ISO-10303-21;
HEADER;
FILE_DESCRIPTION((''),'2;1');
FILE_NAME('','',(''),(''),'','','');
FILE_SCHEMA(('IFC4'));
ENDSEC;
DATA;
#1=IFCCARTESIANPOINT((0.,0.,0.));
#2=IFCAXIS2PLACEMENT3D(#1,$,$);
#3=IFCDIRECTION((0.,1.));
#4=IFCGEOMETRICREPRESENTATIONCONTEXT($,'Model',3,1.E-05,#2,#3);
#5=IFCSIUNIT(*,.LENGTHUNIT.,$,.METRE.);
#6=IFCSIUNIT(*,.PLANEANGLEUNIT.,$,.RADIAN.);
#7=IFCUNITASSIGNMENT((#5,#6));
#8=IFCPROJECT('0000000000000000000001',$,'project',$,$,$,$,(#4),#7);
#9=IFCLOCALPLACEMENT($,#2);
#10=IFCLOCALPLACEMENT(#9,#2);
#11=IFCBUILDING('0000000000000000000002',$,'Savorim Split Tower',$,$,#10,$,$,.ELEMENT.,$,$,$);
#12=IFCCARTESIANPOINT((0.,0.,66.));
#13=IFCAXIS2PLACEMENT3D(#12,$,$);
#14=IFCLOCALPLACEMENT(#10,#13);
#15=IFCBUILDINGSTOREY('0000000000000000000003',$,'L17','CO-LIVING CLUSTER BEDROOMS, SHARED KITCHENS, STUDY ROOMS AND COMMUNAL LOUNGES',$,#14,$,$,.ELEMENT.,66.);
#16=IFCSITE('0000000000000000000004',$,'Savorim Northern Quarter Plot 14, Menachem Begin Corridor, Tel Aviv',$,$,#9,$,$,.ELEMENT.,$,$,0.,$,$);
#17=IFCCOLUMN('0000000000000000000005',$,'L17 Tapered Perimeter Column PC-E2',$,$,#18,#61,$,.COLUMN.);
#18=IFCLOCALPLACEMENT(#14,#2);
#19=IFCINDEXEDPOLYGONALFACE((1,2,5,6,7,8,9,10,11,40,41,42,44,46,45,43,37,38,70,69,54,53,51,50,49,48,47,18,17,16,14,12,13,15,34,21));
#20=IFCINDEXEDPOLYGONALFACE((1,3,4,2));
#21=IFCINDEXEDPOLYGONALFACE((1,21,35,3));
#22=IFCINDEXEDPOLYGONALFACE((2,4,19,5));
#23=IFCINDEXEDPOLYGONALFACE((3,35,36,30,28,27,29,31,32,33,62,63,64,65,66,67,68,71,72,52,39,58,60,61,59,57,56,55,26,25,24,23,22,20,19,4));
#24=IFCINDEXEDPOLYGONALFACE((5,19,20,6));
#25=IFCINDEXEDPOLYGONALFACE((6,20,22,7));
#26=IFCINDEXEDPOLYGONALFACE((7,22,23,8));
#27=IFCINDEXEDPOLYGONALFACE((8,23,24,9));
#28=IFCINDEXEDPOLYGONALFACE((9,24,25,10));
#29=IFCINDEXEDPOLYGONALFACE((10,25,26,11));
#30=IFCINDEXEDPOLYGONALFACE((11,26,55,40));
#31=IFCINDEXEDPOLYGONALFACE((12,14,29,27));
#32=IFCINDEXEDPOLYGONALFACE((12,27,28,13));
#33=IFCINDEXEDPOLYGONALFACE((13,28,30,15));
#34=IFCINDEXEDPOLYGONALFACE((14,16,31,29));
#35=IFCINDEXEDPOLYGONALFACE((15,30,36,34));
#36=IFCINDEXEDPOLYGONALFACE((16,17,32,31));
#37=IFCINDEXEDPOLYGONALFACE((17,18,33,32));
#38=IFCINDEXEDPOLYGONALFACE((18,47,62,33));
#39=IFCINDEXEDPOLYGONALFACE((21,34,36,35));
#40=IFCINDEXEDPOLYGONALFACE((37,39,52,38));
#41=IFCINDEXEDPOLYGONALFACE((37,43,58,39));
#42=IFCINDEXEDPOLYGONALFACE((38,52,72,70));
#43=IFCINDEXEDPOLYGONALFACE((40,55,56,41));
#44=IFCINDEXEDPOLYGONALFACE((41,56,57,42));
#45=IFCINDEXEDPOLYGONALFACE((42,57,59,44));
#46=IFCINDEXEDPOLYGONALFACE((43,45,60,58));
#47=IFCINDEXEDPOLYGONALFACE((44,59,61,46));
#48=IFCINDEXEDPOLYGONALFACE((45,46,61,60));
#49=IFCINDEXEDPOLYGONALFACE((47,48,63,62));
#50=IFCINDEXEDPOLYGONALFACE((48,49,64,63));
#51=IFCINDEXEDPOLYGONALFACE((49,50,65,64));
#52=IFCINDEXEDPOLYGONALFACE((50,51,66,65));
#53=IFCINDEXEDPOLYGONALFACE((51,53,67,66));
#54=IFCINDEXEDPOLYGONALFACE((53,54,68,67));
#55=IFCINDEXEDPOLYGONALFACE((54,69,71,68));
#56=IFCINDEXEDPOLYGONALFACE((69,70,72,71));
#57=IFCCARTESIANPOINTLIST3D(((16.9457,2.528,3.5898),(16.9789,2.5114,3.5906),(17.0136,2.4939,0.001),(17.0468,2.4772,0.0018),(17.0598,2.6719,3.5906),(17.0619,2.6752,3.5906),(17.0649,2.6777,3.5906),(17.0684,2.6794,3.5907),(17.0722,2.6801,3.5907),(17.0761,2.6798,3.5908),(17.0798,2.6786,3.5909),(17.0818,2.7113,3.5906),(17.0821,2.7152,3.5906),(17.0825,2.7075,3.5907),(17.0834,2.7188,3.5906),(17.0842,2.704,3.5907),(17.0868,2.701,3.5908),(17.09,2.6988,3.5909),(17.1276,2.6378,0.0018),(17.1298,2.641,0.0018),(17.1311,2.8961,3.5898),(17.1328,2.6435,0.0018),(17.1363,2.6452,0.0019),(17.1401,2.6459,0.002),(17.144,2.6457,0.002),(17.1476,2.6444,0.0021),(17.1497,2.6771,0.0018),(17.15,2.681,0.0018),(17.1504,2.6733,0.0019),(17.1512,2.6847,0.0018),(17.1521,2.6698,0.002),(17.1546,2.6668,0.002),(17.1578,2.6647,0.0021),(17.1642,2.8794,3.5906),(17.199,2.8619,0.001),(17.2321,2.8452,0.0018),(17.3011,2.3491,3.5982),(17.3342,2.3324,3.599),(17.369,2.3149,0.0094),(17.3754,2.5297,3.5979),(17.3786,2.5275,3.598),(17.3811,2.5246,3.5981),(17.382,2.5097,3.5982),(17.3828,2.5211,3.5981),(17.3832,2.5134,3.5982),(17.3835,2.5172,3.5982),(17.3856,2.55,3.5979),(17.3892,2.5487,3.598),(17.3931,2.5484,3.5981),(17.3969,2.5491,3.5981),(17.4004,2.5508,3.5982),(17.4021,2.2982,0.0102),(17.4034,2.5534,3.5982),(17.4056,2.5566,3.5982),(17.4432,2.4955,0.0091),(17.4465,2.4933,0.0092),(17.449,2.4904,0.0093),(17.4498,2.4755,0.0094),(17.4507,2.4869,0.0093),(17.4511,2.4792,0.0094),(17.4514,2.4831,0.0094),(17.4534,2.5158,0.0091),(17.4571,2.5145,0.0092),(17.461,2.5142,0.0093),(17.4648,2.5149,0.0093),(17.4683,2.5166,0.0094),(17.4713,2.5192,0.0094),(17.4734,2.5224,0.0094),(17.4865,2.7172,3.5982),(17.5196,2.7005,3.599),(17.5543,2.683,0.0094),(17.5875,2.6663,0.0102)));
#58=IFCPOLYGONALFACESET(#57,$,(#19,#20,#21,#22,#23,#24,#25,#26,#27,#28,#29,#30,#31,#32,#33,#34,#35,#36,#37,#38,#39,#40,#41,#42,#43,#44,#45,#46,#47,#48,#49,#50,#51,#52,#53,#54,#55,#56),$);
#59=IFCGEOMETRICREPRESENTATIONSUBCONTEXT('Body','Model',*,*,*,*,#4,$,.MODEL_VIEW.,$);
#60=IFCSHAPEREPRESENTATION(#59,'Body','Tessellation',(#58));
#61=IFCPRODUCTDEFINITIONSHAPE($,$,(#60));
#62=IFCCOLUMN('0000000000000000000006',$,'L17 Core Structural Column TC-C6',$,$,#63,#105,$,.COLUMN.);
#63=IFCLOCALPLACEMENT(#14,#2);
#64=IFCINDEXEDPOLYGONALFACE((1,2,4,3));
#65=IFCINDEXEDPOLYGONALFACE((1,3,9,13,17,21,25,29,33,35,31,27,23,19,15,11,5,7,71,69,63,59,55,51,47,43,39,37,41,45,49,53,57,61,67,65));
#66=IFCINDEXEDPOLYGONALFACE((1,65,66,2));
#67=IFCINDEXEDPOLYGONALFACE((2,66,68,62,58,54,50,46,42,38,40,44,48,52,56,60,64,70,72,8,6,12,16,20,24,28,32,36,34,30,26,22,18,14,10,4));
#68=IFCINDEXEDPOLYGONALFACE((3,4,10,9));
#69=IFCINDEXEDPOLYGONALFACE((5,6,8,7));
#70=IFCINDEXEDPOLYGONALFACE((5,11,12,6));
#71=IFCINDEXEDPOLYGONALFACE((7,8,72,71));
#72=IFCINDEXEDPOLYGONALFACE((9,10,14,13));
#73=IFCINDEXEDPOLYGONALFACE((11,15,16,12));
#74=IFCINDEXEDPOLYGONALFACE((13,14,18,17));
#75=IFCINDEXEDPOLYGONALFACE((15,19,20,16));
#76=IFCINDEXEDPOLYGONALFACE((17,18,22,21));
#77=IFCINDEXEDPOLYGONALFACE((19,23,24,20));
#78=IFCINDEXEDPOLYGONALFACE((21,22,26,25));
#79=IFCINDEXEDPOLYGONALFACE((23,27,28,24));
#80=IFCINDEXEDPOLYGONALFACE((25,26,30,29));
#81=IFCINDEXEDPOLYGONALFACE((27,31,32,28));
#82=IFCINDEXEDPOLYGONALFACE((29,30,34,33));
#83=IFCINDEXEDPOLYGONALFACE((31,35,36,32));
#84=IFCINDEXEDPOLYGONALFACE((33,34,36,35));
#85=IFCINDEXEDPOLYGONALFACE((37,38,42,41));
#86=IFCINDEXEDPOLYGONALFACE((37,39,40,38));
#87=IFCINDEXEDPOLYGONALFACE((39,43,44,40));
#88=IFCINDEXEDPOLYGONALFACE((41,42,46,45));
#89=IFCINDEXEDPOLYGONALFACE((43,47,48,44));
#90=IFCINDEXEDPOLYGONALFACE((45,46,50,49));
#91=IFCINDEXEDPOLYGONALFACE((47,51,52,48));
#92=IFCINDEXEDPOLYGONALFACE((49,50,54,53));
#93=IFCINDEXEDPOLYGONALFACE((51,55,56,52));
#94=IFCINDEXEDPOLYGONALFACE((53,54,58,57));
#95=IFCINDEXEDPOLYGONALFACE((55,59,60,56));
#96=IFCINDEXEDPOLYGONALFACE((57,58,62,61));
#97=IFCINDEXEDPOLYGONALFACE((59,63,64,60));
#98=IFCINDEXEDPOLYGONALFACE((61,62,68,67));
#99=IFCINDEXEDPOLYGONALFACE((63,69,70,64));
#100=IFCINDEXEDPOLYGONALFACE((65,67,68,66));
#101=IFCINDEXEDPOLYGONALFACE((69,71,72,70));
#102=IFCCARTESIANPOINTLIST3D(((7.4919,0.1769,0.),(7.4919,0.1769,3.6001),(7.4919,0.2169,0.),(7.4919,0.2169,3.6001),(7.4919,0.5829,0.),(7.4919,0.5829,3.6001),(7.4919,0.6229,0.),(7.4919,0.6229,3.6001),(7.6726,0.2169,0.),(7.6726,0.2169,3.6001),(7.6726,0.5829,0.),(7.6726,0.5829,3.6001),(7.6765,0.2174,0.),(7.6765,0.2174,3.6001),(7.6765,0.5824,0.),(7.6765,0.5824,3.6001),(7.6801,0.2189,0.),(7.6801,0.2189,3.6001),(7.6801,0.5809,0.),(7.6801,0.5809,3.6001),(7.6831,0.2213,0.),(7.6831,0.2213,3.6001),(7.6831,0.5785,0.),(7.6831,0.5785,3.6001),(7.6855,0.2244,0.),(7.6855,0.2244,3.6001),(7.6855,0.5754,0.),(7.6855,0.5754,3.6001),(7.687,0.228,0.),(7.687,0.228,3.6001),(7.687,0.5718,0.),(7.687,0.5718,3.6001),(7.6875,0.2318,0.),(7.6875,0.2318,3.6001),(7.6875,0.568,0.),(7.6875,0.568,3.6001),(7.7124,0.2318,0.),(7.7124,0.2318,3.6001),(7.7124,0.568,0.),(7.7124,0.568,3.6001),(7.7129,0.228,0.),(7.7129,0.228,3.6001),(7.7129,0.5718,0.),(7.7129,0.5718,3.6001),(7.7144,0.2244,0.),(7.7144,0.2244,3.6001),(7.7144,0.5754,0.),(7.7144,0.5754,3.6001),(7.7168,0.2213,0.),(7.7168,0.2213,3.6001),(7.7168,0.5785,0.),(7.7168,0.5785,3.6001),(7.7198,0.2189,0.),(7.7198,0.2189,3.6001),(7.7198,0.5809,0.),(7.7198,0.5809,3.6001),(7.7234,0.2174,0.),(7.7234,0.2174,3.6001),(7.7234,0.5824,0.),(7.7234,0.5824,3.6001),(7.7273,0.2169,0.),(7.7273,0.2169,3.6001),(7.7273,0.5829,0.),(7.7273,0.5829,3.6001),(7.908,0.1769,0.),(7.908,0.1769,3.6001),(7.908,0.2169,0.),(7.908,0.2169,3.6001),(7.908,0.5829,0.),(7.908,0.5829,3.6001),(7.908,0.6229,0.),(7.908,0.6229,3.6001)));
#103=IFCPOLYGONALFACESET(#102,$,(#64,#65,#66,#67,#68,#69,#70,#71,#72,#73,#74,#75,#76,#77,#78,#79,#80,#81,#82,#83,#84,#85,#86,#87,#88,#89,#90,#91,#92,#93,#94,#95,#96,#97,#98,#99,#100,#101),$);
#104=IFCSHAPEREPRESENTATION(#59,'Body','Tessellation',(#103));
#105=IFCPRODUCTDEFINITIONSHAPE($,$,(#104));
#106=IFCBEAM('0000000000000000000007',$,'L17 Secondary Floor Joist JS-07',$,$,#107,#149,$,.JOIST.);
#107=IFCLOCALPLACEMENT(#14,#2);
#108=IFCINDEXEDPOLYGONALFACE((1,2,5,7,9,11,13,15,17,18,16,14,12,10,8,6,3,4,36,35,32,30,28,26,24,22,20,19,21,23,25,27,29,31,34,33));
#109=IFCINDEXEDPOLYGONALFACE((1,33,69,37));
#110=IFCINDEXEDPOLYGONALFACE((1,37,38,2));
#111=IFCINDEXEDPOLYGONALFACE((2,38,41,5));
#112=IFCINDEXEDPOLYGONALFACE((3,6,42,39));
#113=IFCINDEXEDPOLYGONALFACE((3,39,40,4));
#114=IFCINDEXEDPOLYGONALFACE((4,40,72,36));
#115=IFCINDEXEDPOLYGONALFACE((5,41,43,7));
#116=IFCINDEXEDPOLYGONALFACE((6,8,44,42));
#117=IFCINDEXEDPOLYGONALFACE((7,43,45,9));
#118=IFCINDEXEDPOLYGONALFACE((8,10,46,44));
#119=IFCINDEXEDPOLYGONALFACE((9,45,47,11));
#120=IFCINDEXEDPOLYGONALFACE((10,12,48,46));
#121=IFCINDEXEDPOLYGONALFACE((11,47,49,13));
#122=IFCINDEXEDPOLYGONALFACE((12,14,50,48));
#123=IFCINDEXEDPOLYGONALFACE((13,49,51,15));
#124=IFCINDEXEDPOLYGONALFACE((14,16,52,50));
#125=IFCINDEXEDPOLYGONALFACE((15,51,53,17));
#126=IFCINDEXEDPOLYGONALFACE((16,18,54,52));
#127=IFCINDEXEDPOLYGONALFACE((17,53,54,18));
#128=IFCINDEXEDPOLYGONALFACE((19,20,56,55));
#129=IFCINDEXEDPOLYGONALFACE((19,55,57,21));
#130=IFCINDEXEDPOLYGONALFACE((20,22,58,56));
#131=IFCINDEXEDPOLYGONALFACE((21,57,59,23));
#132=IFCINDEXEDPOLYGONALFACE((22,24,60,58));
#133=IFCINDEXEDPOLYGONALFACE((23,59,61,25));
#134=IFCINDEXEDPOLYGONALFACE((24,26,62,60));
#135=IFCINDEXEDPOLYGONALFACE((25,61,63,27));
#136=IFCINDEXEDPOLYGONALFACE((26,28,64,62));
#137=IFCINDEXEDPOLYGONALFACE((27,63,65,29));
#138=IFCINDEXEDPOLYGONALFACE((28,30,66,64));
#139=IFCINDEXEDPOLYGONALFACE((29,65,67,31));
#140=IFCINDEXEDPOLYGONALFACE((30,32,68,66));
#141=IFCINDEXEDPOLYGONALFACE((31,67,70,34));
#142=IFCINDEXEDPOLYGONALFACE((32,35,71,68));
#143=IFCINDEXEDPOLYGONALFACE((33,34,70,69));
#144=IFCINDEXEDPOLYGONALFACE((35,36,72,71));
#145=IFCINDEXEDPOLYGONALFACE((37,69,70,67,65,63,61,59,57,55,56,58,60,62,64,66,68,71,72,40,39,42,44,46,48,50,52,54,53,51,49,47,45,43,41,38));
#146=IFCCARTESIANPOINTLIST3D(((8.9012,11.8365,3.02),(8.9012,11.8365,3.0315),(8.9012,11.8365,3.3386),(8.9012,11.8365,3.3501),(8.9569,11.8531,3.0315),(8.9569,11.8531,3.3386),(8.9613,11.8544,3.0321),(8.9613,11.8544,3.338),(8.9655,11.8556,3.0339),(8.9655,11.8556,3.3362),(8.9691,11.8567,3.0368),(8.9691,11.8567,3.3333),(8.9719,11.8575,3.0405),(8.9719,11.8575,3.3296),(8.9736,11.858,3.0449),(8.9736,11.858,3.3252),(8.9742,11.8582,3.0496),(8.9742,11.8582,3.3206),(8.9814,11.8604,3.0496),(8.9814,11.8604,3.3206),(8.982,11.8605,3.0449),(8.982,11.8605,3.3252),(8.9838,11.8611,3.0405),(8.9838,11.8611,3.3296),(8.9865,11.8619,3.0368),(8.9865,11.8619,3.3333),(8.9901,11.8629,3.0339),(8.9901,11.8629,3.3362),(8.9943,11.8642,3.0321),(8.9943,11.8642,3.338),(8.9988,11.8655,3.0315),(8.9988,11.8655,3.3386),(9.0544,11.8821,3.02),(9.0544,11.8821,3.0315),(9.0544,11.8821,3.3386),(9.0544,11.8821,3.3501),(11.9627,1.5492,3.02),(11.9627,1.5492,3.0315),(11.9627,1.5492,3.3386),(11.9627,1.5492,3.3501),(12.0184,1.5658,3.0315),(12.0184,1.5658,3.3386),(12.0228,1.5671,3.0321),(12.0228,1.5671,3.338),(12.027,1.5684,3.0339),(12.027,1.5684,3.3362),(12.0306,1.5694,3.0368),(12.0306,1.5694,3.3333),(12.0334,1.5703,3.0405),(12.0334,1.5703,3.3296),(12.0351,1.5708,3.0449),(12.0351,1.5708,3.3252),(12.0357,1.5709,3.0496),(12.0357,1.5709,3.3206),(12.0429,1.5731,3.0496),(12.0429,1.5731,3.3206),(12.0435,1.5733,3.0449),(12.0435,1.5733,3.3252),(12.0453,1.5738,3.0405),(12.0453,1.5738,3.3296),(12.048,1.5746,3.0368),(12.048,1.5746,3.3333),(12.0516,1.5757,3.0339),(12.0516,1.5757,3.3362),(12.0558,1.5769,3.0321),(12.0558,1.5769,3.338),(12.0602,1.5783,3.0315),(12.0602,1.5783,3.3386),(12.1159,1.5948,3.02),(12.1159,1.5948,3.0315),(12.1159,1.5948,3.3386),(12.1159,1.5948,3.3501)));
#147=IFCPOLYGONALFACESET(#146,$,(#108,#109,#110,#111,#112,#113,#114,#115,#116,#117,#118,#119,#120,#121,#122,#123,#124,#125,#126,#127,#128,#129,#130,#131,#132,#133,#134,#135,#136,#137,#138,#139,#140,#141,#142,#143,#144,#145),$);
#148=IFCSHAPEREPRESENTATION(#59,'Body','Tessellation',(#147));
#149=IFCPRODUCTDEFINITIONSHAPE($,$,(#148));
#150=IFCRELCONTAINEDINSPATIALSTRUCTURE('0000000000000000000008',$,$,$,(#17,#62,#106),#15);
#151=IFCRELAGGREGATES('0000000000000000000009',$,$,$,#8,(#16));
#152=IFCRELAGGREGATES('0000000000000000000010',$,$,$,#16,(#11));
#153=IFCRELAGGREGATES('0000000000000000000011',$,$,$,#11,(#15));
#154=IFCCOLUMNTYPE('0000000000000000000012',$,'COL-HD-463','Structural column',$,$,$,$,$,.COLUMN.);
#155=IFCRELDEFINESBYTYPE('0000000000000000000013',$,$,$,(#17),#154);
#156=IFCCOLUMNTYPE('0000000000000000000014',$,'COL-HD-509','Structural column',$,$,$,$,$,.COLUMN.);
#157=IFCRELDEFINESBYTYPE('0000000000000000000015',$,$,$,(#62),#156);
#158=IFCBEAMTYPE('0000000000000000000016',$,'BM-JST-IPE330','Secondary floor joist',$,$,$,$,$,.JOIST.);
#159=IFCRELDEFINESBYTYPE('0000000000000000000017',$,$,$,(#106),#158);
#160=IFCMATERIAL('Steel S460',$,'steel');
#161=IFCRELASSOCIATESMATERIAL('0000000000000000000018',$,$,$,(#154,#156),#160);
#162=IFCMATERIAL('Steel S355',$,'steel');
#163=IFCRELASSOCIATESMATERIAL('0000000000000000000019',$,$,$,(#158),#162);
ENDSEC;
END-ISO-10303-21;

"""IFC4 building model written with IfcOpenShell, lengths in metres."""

from ifc_helpers import new_model, si_unit, direction, frame, origin, origin_2d, place, context, subcontext, project, spatial, i_section, extrude, material, material_profile, profile_set, type_object, element, save


model = new_model("IFC4")

# Units and contexts
model_context = context("Model", 3, precision=1e-05, world=origin(), true_north=direction((0.0, 1.0)))
body_context = subcontext(model_context, "Body", "Model", "MODEL_VIEW")
ifc_project = project(units=[si_unit("LENGTHUNIT", "METRE"), si_unit("PLANEANGLEUNIT", "RADIAN")], contexts=[model_context])

# Site, building, storey
site_placement = place(None, origin())
site = spatial("IfcSite", under=ifc_project, at=site_placement, Name="Savorim Northern Quarter Plot 14, Menachem Begin Corridor, Tel Aviv", CompositionType="ELEMENT", RefElevation=0.0)
building_placement = place(site_placement, origin())
building = spatial("IfcBuilding", under=site, at=building_placement, Name="Savorim Split Tower", CompositionType="ELEMENT")
storey_placement = place(building_placement, frame((0.0, 0.0, 66.0)))
storey = spatial("IfcBuildingStorey", under=building, at=storey_placement, Name="L17", Description="CO-LIVING CLUSTER BEDROOMS, SHARED KITCHENS, STUDY ROOMS AND COMMUNAL LOUNGES", CompositionType="ELEMENT", Elevation=66.0)

# Columns
ifc_material_1 = material(Name="Steel S460", Category="steel")
ifc_material_profile_1 = material_profile(ifc_material_1, i_section(OverallWidth=0.4121, OverallDepth=0.4351, WebThickness=0.0227, FlangeThickness=0.0371, FilletRadius=0.0149, at=origin_2d()), Name="HD 400x463")
ifc_profile_set_1 = profile_set([ifc_material_profile_1], Name="Steel S460")
column_type_1 = type_object("IfcColumnType", Name="COL-HD-463", Description="Structural column", PredefinedType="COLUMN", material=ifc_profile_set_1)
column_1_placement = place(storey_placement, frame((17.3005, 2.5801, 0.0056), z_axis=(-0.018907, 0.009522, 0.999776), x_axis=(-0.449782, -0.893138, 0.0)))
element("IfcColumn", 1, at=column_1_placement, inside=storey, type_object=column_type_1, Name="L17 Tapered Perimeter Column PC-E2", PredefinedType="COLUMN", context=body_context, shape_type="SweptSolid", body=[
    extrude(i_section(OverallWidth=0.4121, OverallDepth=0.4351, WebThickness=0.0227, FlangeThickness=0.0371, FilletRadius=0.0149, at=origin_2d()), origin(), (0.0, 0.0, 1.0), 3.5896),
])
ifc_material_profile_2 = material_profile(ifc_material_1, i_section(OverallWidth=0.416, OverallDepth=0.446, WebThickness=0.0249, FlangeThickness=0.04, FilletRadius=0.0149, at=origin_2d()), Name="HD 400x509")
ifc_profile_set_2 = profile_set([ifc_material_profile_2], Name="Steel S460")
column_type_2 = type_object("IfcColumnType", Name="COL-HD-509", Description="Structural column", PredefinedType="COLUMN", material=ifc_profile_set_2)
column_2_placement = place(storey_placement, frame((7.7, 0.3999, 0.0), z_axis=(0.0, 0.0, 1.0), x_axis=(1.0, 0.0, 0.0)))
element("IfcColumn", 2, at=column_2_placement, inside=storey, type_object=column_type_2, Name="L17 Core Structural Column TC-C6", PredefinedType="COLUMN", context=body_context, shape_type="SweptSolid", body=[
    extrude(i_section(OverallWidth=0.416, OverallDepth=0.446, WebThickness=0.0249, FlangeThickness=0.04, FilletRadius=0.0149, at=origin_2d()), origin(), (0.0, 0.0, 1.0), 3.6001),
])

# Beam
ifc_material_2 = material(Name="Steel S355", Category="steel")
ifc_material_profile_3 = material_profile(ifc_material_2, i_section(OverallWidth=0.1599, OverallDepth=0.3301, WebThickness=0.0076, FlangeThickness=0.0115, FilletRadius=0.0181, at=origin_2d()), Name="IPE 330")
ifc_profile_set_3 = profile_set([ifc_material_profile_3], Name="Steel S355")
beam_type_1 = type_object("IfcBeamType", Name="BM-JST-IPE330", Description="Secondary floor joist", PredefinedType="JOIST", material=ifc_profile_set_3)
beam_1_placement = place(storey_placement, frame((12.0393, 1.572, 3.1851), z_axis=(-0.285237, 0.958457, 0.0), x_axis=(-0.958457, -0.285237, 0.0)))
element("IfcBeam", 3, at=beam_1_placement, inside=storey, type_object=beam_type_1, Name="L17 Secondary Floor Joist JS-07", PredefinedType="JOIST", context=body_context, shape_type="SweptSolid", body=[
    extrude(i_section(OverallWidth=0.1599, OverallDepth=0.3301, WebThickness=0.0076, FlangeThickness=0.0115, FilletRadius=0.0181, at=origin_2d()), origin(), (0.0, 0.0, 1.0), 10.7332),
])

save(model, "model.ifc")
